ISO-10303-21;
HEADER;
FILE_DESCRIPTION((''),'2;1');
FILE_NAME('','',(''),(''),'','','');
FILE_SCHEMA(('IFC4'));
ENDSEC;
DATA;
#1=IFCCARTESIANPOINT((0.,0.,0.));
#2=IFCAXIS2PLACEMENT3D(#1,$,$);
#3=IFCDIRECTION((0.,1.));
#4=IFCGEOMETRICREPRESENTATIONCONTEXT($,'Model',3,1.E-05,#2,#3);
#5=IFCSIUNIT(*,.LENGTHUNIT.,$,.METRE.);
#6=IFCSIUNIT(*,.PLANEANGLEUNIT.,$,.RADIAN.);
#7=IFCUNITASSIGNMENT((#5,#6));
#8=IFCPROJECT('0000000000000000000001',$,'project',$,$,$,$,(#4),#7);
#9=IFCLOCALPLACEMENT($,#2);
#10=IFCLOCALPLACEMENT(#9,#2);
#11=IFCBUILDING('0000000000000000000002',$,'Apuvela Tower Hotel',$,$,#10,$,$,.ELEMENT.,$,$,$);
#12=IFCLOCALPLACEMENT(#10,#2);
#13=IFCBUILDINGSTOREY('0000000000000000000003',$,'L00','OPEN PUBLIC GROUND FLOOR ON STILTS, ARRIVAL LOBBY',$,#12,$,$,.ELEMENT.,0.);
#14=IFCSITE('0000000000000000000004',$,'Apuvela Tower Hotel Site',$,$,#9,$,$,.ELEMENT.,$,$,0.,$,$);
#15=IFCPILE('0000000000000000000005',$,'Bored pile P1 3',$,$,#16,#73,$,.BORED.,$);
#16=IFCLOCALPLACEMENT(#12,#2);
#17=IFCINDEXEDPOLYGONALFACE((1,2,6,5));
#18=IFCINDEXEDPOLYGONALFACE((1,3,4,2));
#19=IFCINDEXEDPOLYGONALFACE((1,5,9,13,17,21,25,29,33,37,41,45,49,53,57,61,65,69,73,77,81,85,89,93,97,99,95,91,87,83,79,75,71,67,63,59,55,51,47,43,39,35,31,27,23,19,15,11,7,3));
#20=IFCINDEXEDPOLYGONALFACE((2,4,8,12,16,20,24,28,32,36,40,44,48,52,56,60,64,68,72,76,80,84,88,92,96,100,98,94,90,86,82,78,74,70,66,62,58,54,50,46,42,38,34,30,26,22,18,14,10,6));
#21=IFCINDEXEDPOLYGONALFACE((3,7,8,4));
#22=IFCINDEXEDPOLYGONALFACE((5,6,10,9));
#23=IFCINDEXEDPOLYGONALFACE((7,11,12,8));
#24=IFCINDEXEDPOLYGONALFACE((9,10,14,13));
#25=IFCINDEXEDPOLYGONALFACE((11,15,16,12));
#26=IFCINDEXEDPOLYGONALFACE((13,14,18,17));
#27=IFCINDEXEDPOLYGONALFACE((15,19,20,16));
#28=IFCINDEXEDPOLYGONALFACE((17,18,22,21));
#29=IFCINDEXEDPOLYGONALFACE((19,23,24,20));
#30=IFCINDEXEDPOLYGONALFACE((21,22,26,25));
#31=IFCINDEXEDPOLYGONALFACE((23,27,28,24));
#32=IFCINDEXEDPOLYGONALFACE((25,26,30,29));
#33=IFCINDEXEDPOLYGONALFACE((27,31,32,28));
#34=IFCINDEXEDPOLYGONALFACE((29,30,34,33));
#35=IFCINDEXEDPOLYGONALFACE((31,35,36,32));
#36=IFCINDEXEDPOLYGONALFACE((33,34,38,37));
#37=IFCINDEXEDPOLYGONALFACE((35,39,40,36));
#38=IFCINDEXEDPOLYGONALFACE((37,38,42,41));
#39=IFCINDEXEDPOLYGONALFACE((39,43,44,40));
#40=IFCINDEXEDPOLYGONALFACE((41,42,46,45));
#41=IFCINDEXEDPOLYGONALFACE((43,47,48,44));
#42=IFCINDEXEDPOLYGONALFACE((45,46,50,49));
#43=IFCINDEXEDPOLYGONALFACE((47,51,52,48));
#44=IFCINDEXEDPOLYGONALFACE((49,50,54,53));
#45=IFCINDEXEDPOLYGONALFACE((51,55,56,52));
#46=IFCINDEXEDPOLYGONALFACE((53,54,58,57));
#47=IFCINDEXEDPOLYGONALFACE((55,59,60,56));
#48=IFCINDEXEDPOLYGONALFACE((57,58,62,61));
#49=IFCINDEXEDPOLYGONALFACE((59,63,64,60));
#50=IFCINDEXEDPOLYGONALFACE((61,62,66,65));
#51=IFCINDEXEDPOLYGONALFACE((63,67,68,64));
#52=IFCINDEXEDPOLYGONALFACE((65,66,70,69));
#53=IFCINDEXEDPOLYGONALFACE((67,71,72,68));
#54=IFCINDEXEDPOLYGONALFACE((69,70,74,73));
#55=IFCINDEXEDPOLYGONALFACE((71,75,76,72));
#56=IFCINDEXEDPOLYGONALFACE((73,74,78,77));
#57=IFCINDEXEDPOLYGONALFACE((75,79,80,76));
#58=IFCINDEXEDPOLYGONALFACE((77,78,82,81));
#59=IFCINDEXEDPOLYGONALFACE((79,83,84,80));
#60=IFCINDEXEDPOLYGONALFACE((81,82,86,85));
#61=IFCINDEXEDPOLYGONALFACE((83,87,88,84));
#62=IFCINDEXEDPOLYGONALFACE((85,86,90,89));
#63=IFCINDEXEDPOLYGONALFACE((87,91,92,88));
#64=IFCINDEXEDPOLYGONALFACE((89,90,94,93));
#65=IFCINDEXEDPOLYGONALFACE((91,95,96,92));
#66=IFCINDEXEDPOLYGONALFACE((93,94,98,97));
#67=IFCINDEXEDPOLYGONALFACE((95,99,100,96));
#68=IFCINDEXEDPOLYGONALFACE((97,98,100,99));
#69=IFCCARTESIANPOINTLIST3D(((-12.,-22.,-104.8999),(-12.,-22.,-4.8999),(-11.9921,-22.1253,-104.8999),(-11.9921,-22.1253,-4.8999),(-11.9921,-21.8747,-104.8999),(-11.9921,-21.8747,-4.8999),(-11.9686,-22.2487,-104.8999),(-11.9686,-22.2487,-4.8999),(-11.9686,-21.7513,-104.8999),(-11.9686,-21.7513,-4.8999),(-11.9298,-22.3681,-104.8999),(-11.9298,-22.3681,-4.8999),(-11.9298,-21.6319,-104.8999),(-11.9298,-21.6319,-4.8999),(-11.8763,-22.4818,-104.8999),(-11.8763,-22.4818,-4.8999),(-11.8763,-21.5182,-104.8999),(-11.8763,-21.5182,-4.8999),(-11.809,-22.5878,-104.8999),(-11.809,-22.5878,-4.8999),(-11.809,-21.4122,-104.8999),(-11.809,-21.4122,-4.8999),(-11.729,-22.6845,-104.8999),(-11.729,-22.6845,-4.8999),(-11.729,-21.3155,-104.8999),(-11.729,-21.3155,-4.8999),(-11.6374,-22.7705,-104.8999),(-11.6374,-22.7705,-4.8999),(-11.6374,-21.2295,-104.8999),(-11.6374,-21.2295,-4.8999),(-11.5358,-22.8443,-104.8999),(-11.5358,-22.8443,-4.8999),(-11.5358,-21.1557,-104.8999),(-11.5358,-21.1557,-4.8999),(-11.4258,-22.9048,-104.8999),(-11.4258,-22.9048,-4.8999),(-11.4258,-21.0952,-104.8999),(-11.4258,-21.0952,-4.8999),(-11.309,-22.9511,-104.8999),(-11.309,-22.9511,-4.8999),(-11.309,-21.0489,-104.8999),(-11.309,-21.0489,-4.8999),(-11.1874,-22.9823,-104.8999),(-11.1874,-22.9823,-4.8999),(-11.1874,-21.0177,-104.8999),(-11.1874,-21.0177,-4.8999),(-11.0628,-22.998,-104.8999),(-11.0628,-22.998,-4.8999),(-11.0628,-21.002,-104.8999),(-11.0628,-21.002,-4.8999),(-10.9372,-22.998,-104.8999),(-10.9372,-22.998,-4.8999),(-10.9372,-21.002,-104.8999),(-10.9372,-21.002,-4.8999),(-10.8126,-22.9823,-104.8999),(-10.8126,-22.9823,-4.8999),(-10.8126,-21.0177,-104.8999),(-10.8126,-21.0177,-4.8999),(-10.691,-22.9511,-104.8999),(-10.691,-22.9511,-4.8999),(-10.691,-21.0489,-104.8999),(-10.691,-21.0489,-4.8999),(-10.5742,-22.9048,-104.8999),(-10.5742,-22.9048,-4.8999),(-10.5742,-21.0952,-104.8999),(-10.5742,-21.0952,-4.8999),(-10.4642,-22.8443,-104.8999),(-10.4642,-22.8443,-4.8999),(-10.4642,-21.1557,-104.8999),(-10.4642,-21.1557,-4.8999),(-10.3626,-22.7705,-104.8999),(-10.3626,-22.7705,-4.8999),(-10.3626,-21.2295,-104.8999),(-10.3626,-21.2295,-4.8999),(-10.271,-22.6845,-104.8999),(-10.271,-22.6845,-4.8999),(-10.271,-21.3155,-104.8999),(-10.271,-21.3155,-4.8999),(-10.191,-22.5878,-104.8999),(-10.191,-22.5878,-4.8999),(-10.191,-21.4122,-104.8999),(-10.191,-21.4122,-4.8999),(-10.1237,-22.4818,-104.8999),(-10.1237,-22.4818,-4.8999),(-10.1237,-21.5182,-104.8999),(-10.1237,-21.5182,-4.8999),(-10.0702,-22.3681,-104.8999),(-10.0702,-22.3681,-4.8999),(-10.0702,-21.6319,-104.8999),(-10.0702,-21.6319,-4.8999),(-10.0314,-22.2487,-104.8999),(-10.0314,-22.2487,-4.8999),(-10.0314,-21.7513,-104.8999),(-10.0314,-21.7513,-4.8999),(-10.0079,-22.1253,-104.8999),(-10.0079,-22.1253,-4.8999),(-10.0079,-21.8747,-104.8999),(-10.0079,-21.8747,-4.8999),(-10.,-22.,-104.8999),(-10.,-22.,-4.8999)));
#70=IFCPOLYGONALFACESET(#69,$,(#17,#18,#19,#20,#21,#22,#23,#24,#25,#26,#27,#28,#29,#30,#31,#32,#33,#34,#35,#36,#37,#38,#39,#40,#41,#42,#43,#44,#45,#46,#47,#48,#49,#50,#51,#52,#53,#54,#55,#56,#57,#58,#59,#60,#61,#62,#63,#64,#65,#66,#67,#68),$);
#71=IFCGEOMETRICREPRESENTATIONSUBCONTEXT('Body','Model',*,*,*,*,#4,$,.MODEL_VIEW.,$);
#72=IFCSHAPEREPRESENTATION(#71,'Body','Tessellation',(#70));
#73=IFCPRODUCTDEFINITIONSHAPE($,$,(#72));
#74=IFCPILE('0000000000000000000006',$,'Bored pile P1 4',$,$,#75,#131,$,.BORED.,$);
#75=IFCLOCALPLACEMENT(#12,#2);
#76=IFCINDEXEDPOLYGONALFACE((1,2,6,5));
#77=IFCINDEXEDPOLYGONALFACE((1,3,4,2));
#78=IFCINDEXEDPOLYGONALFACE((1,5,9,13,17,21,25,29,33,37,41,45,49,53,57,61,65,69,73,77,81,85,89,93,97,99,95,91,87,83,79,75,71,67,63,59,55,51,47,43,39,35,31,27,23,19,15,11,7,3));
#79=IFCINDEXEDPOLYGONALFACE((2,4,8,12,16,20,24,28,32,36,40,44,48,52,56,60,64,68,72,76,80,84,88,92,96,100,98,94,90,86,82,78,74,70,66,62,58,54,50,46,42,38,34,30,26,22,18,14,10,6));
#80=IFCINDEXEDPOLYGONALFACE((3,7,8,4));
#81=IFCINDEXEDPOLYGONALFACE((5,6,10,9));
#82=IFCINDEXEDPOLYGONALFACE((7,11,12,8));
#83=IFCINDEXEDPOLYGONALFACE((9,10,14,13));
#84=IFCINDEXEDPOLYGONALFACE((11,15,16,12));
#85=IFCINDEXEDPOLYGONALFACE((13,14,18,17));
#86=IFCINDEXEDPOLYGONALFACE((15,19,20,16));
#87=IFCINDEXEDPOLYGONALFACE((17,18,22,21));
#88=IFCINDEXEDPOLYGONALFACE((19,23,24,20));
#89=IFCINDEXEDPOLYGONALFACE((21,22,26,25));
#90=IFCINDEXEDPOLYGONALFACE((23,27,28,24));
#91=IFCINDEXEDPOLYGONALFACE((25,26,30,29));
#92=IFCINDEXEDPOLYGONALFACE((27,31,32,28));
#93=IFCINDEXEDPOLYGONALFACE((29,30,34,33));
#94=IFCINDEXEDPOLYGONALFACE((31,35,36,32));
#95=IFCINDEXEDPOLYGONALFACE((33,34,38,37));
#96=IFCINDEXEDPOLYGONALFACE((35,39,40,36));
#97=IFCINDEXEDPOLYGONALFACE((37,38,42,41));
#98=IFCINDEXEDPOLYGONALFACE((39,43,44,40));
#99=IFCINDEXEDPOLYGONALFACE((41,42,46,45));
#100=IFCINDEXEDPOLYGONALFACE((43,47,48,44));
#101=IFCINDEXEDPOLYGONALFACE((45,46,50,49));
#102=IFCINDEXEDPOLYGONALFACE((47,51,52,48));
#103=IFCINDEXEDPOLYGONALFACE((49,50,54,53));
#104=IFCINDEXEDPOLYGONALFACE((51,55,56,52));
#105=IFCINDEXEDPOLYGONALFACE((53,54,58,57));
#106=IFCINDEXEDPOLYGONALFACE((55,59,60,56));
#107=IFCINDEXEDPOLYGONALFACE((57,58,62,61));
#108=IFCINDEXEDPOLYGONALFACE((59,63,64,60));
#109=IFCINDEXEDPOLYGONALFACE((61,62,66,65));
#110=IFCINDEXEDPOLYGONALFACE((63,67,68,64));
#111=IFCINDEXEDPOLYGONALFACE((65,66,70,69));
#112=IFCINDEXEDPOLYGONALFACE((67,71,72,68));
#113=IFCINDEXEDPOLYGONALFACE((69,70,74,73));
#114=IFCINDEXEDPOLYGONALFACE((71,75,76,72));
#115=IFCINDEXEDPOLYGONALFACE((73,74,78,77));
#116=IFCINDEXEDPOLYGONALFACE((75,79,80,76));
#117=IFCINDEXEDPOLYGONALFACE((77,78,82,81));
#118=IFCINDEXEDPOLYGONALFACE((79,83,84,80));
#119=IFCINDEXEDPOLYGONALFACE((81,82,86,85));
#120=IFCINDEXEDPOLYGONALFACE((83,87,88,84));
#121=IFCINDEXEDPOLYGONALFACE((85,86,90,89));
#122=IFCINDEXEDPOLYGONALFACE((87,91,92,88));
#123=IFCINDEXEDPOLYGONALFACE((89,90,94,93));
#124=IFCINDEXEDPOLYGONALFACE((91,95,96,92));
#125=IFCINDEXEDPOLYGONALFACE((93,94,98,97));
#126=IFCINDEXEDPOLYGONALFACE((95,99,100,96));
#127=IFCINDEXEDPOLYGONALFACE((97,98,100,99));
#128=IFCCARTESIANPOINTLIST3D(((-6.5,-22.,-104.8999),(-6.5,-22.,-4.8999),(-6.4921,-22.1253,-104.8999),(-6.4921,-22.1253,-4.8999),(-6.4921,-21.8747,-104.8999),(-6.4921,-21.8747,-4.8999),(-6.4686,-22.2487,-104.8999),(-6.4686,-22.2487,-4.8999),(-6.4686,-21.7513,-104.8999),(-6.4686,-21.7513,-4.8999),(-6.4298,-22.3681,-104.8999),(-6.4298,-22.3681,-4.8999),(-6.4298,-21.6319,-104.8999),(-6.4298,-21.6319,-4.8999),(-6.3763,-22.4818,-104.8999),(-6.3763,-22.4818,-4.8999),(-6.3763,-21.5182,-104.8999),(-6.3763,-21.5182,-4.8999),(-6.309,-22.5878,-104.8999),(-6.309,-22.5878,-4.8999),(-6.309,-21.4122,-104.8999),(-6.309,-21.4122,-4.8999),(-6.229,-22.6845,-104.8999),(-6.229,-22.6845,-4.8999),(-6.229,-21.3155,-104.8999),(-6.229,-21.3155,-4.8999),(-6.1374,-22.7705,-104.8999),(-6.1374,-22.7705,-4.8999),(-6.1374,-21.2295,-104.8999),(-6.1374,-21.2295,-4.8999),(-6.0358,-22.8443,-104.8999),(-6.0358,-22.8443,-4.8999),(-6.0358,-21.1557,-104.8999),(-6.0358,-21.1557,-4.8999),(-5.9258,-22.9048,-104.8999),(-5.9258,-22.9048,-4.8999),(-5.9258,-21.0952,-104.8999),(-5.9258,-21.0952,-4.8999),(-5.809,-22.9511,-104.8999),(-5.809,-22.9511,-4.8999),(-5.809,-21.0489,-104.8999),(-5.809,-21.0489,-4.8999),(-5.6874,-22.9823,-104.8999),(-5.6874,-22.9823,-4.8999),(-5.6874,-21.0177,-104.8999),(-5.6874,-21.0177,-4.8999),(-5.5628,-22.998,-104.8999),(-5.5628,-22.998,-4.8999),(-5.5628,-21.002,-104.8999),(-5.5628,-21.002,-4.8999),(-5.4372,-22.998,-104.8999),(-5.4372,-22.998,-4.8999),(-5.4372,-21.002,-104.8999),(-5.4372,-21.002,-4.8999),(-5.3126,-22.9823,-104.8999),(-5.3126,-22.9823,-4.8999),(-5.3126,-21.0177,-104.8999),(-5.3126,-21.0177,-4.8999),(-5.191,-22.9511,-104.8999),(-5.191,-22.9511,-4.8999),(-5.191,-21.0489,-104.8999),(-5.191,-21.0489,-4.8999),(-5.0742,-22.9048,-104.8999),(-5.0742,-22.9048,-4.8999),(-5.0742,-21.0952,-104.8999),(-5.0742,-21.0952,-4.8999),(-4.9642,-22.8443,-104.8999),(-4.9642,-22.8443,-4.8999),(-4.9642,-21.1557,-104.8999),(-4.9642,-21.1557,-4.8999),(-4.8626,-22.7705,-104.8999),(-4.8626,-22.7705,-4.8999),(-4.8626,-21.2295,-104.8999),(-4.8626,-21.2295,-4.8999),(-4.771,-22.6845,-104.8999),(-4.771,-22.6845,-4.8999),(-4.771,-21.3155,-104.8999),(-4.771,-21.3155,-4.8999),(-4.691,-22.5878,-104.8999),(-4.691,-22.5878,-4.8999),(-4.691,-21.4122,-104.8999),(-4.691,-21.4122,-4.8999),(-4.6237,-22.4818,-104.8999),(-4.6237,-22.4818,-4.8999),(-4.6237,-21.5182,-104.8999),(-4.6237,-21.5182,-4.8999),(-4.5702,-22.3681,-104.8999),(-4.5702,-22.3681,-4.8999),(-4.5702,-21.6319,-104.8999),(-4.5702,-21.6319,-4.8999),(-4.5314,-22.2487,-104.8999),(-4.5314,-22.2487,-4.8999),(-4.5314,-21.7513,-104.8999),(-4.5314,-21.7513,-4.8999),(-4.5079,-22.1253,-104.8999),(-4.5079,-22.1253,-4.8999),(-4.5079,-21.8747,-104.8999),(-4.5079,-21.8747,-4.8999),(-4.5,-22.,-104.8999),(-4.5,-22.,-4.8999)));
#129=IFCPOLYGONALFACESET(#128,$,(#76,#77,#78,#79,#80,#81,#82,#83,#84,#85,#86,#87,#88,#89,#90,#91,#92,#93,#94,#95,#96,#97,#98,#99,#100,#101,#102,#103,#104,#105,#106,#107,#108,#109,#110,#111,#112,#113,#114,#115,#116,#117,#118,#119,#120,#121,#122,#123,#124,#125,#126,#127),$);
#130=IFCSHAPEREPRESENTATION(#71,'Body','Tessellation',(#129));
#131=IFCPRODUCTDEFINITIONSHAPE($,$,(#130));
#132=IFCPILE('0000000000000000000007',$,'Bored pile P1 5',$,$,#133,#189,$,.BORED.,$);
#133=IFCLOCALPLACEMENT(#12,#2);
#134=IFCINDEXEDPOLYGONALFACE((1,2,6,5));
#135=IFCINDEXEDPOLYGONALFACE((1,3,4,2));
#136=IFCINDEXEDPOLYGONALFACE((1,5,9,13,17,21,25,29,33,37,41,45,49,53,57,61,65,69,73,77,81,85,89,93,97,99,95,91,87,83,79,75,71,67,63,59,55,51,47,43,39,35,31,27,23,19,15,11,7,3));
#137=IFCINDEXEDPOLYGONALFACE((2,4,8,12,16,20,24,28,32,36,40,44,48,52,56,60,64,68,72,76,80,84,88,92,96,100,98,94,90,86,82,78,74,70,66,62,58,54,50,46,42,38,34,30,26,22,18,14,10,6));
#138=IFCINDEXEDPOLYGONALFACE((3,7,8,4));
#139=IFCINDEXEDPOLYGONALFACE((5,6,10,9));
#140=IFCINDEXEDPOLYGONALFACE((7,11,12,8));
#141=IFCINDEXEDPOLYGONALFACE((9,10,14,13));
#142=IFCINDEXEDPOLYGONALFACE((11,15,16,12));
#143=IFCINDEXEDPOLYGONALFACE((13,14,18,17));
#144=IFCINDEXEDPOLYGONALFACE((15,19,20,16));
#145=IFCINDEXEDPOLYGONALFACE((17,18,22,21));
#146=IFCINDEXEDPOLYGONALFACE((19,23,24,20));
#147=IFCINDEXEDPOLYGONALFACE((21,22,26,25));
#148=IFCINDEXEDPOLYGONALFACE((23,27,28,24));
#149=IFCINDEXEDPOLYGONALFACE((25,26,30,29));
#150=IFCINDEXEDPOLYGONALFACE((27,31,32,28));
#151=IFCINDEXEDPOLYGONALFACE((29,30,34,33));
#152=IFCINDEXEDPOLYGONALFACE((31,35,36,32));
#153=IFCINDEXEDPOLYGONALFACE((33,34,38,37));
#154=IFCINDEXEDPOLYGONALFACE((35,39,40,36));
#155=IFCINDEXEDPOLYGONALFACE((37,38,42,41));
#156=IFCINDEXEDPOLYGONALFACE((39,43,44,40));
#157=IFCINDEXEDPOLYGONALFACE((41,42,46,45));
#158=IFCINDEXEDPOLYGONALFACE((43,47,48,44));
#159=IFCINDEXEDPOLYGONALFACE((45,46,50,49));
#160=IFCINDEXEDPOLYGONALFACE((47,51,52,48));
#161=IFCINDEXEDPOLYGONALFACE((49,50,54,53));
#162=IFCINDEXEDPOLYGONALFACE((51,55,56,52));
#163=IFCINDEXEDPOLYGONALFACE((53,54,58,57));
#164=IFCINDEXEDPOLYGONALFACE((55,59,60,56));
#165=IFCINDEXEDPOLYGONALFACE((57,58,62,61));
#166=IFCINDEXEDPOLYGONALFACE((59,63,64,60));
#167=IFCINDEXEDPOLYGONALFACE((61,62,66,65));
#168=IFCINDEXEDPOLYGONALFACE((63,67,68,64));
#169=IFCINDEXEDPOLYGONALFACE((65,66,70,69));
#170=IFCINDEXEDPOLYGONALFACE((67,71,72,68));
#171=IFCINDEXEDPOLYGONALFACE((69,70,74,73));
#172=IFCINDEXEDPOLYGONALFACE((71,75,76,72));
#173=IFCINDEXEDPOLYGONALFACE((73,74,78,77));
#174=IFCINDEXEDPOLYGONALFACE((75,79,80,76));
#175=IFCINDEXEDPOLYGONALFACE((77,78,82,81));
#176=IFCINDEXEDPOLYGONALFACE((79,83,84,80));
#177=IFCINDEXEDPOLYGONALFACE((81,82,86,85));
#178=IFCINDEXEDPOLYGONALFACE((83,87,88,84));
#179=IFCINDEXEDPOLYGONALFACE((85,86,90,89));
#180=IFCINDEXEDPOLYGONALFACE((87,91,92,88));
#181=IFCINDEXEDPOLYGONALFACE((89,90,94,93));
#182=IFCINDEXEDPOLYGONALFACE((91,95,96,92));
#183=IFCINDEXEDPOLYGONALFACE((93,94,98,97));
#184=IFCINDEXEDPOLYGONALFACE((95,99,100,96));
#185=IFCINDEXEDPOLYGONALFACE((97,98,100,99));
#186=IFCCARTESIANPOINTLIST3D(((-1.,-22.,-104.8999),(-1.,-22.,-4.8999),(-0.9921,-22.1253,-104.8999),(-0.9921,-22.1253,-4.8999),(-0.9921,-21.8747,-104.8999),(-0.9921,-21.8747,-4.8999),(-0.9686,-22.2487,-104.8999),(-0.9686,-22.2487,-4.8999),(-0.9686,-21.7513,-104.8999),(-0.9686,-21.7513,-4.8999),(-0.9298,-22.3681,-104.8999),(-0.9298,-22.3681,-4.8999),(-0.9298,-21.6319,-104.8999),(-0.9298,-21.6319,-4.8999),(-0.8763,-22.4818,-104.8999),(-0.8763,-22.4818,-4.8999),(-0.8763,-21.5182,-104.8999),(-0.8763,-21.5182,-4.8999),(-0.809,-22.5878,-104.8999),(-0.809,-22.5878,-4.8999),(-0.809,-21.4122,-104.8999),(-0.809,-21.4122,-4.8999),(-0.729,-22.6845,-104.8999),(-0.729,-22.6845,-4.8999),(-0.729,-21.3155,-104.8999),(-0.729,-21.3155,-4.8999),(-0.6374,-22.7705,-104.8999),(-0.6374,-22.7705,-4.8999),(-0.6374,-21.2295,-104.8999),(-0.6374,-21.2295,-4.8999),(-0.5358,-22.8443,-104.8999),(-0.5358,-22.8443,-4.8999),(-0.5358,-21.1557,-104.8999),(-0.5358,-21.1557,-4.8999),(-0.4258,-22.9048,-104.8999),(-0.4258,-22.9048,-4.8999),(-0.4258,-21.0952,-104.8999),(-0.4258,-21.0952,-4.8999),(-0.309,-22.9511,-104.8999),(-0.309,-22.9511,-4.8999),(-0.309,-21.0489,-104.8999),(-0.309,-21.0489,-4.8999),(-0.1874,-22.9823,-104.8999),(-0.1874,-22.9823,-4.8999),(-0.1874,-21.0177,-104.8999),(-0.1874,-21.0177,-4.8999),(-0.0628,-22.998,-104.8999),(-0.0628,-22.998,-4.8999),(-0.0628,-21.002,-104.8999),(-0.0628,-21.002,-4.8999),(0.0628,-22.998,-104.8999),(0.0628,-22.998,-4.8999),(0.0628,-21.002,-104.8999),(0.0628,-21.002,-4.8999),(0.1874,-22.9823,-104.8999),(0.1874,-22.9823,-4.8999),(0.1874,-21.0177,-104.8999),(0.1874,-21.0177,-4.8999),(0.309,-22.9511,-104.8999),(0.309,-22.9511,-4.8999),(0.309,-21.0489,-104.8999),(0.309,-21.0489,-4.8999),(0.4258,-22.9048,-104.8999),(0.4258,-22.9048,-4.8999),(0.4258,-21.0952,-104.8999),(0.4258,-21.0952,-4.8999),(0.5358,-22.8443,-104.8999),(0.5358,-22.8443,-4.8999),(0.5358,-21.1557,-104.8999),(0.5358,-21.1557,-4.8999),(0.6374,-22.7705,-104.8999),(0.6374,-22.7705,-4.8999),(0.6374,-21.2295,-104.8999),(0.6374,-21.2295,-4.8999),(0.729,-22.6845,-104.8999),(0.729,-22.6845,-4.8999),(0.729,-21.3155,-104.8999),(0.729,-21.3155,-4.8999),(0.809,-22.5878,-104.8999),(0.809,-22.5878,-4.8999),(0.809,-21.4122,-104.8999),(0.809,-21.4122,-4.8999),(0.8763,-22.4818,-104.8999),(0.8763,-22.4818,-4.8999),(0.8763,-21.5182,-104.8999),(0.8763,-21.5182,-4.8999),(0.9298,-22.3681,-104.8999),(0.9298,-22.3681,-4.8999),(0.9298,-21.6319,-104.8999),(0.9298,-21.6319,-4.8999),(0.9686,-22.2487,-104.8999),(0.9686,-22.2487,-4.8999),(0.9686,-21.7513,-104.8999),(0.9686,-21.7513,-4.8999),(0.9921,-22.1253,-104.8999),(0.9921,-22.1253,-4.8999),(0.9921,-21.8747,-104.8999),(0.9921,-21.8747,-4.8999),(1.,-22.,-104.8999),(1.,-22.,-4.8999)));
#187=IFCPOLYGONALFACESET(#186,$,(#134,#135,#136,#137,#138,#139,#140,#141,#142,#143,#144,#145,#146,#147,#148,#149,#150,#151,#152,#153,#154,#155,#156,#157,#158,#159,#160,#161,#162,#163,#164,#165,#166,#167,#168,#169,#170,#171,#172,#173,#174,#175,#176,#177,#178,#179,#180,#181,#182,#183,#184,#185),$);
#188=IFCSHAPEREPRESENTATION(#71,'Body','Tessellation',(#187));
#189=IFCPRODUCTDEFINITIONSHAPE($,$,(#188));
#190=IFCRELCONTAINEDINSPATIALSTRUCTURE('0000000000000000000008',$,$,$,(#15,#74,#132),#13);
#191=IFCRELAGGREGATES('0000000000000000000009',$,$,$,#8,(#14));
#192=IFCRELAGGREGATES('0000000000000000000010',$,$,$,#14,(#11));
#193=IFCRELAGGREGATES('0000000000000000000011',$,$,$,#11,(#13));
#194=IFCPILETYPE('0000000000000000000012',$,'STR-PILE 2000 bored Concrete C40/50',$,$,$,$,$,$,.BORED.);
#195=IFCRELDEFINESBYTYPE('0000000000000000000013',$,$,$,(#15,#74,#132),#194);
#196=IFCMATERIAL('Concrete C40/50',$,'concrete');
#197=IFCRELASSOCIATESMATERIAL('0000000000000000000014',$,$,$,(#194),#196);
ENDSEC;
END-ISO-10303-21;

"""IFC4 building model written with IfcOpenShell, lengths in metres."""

from ifc_helpers import new_model, si_unit, direction, frame, origin, origin_2d, place, context, subcontext, project, spatial, circle, extrude, material, material_profile, profile_set, type_object, element, save


model = new_model("IFC4")

# Units and contexts
model_context = context("Model", 3, precision=1e-05, world=origin(), true_north=direction((0.0, 1.0)))
body_context = subcontext(model_context, "Body", "Model", "MODEL_VIEW")
ifc_project = project(units=[si_unit("LENGTHUNIT", "METRE"), si_unit("PLANEANGLEUNIT", "RADIAN")], contexts=[model_context])

# Site, building, storey
site_placement = place(None, origin())
site = spatial("IfcSite", under=ifc_project, at=site_placement, Name="Apuvela Tower Hotel Site", CompositionType="ELEMENT", RefElevation=0.0)
building_placement = place(site_placement, origin())
building = spatial("IfcBuilding", under=site, at=building_placement, Name="Apuvela Tower Hotel", CompositionType="ELEMENT")
storey_placement = place(building_placement, origin())
storey = spatial("IfcBuildingStorey", under=building, at=storey_placement, Name="L00", Description="OPEN PUBLIC GROUND FLOOR ON STILTS, ARRIVAL LOBBY", CompositionType="ELEMENT", Elevation=0.0)

# Piles
ifc_material_1 = material(Name="Concrete C40/50", Category="concrete")
ifc_material_profile_1 = material_profile(ifc_material_1, circle(Radius=1.0, at=origin_2d()), Name="PILE 2000")
ifc_profile_set_1 = profile_set([ifc_material_profile_1], Name="Concrete C40/50")
pile_type = type_object("IfcPileType", Name="STR-PILE 2000 bored Concrete C40/50", PredefinedType="BORED", material=ifc_profile_set_1)
for number, where, z_axis, x_axis, name in (
    (1, (-11.0, -22.0, -4.8999), (0.0, 0.0, -1.0), (1.0, 0.0, 0.0), "Bored pile P1 3"),
    (2, (-5.5, -22.0, -4.8999), (0.0, 0.0, -1.0), (1.0, 0.0, 0.0), "Bored pile P1 4"),
    (3, (0.0, -22.0, -4.8999), (0.0, 0.0, -1.0), (1.0, 0.0, 0.0), "Bored pile P1 5"),
):
    element("IfcPile", number, at=place(storey_placement, frame(where, z_axis=z_axis, x_axis=x_axis)), inside=storey, type_object=pile_type, Name=name, PredefinedType="BORED", context=body_context, shape_type="SweptSolid", body=[
        extrude(circle(Radius=1.0, at=origin_2d()), origin(), (0.0, 0.0, 1.0), 100.0),
    ])

save(model, "model.ifc")
